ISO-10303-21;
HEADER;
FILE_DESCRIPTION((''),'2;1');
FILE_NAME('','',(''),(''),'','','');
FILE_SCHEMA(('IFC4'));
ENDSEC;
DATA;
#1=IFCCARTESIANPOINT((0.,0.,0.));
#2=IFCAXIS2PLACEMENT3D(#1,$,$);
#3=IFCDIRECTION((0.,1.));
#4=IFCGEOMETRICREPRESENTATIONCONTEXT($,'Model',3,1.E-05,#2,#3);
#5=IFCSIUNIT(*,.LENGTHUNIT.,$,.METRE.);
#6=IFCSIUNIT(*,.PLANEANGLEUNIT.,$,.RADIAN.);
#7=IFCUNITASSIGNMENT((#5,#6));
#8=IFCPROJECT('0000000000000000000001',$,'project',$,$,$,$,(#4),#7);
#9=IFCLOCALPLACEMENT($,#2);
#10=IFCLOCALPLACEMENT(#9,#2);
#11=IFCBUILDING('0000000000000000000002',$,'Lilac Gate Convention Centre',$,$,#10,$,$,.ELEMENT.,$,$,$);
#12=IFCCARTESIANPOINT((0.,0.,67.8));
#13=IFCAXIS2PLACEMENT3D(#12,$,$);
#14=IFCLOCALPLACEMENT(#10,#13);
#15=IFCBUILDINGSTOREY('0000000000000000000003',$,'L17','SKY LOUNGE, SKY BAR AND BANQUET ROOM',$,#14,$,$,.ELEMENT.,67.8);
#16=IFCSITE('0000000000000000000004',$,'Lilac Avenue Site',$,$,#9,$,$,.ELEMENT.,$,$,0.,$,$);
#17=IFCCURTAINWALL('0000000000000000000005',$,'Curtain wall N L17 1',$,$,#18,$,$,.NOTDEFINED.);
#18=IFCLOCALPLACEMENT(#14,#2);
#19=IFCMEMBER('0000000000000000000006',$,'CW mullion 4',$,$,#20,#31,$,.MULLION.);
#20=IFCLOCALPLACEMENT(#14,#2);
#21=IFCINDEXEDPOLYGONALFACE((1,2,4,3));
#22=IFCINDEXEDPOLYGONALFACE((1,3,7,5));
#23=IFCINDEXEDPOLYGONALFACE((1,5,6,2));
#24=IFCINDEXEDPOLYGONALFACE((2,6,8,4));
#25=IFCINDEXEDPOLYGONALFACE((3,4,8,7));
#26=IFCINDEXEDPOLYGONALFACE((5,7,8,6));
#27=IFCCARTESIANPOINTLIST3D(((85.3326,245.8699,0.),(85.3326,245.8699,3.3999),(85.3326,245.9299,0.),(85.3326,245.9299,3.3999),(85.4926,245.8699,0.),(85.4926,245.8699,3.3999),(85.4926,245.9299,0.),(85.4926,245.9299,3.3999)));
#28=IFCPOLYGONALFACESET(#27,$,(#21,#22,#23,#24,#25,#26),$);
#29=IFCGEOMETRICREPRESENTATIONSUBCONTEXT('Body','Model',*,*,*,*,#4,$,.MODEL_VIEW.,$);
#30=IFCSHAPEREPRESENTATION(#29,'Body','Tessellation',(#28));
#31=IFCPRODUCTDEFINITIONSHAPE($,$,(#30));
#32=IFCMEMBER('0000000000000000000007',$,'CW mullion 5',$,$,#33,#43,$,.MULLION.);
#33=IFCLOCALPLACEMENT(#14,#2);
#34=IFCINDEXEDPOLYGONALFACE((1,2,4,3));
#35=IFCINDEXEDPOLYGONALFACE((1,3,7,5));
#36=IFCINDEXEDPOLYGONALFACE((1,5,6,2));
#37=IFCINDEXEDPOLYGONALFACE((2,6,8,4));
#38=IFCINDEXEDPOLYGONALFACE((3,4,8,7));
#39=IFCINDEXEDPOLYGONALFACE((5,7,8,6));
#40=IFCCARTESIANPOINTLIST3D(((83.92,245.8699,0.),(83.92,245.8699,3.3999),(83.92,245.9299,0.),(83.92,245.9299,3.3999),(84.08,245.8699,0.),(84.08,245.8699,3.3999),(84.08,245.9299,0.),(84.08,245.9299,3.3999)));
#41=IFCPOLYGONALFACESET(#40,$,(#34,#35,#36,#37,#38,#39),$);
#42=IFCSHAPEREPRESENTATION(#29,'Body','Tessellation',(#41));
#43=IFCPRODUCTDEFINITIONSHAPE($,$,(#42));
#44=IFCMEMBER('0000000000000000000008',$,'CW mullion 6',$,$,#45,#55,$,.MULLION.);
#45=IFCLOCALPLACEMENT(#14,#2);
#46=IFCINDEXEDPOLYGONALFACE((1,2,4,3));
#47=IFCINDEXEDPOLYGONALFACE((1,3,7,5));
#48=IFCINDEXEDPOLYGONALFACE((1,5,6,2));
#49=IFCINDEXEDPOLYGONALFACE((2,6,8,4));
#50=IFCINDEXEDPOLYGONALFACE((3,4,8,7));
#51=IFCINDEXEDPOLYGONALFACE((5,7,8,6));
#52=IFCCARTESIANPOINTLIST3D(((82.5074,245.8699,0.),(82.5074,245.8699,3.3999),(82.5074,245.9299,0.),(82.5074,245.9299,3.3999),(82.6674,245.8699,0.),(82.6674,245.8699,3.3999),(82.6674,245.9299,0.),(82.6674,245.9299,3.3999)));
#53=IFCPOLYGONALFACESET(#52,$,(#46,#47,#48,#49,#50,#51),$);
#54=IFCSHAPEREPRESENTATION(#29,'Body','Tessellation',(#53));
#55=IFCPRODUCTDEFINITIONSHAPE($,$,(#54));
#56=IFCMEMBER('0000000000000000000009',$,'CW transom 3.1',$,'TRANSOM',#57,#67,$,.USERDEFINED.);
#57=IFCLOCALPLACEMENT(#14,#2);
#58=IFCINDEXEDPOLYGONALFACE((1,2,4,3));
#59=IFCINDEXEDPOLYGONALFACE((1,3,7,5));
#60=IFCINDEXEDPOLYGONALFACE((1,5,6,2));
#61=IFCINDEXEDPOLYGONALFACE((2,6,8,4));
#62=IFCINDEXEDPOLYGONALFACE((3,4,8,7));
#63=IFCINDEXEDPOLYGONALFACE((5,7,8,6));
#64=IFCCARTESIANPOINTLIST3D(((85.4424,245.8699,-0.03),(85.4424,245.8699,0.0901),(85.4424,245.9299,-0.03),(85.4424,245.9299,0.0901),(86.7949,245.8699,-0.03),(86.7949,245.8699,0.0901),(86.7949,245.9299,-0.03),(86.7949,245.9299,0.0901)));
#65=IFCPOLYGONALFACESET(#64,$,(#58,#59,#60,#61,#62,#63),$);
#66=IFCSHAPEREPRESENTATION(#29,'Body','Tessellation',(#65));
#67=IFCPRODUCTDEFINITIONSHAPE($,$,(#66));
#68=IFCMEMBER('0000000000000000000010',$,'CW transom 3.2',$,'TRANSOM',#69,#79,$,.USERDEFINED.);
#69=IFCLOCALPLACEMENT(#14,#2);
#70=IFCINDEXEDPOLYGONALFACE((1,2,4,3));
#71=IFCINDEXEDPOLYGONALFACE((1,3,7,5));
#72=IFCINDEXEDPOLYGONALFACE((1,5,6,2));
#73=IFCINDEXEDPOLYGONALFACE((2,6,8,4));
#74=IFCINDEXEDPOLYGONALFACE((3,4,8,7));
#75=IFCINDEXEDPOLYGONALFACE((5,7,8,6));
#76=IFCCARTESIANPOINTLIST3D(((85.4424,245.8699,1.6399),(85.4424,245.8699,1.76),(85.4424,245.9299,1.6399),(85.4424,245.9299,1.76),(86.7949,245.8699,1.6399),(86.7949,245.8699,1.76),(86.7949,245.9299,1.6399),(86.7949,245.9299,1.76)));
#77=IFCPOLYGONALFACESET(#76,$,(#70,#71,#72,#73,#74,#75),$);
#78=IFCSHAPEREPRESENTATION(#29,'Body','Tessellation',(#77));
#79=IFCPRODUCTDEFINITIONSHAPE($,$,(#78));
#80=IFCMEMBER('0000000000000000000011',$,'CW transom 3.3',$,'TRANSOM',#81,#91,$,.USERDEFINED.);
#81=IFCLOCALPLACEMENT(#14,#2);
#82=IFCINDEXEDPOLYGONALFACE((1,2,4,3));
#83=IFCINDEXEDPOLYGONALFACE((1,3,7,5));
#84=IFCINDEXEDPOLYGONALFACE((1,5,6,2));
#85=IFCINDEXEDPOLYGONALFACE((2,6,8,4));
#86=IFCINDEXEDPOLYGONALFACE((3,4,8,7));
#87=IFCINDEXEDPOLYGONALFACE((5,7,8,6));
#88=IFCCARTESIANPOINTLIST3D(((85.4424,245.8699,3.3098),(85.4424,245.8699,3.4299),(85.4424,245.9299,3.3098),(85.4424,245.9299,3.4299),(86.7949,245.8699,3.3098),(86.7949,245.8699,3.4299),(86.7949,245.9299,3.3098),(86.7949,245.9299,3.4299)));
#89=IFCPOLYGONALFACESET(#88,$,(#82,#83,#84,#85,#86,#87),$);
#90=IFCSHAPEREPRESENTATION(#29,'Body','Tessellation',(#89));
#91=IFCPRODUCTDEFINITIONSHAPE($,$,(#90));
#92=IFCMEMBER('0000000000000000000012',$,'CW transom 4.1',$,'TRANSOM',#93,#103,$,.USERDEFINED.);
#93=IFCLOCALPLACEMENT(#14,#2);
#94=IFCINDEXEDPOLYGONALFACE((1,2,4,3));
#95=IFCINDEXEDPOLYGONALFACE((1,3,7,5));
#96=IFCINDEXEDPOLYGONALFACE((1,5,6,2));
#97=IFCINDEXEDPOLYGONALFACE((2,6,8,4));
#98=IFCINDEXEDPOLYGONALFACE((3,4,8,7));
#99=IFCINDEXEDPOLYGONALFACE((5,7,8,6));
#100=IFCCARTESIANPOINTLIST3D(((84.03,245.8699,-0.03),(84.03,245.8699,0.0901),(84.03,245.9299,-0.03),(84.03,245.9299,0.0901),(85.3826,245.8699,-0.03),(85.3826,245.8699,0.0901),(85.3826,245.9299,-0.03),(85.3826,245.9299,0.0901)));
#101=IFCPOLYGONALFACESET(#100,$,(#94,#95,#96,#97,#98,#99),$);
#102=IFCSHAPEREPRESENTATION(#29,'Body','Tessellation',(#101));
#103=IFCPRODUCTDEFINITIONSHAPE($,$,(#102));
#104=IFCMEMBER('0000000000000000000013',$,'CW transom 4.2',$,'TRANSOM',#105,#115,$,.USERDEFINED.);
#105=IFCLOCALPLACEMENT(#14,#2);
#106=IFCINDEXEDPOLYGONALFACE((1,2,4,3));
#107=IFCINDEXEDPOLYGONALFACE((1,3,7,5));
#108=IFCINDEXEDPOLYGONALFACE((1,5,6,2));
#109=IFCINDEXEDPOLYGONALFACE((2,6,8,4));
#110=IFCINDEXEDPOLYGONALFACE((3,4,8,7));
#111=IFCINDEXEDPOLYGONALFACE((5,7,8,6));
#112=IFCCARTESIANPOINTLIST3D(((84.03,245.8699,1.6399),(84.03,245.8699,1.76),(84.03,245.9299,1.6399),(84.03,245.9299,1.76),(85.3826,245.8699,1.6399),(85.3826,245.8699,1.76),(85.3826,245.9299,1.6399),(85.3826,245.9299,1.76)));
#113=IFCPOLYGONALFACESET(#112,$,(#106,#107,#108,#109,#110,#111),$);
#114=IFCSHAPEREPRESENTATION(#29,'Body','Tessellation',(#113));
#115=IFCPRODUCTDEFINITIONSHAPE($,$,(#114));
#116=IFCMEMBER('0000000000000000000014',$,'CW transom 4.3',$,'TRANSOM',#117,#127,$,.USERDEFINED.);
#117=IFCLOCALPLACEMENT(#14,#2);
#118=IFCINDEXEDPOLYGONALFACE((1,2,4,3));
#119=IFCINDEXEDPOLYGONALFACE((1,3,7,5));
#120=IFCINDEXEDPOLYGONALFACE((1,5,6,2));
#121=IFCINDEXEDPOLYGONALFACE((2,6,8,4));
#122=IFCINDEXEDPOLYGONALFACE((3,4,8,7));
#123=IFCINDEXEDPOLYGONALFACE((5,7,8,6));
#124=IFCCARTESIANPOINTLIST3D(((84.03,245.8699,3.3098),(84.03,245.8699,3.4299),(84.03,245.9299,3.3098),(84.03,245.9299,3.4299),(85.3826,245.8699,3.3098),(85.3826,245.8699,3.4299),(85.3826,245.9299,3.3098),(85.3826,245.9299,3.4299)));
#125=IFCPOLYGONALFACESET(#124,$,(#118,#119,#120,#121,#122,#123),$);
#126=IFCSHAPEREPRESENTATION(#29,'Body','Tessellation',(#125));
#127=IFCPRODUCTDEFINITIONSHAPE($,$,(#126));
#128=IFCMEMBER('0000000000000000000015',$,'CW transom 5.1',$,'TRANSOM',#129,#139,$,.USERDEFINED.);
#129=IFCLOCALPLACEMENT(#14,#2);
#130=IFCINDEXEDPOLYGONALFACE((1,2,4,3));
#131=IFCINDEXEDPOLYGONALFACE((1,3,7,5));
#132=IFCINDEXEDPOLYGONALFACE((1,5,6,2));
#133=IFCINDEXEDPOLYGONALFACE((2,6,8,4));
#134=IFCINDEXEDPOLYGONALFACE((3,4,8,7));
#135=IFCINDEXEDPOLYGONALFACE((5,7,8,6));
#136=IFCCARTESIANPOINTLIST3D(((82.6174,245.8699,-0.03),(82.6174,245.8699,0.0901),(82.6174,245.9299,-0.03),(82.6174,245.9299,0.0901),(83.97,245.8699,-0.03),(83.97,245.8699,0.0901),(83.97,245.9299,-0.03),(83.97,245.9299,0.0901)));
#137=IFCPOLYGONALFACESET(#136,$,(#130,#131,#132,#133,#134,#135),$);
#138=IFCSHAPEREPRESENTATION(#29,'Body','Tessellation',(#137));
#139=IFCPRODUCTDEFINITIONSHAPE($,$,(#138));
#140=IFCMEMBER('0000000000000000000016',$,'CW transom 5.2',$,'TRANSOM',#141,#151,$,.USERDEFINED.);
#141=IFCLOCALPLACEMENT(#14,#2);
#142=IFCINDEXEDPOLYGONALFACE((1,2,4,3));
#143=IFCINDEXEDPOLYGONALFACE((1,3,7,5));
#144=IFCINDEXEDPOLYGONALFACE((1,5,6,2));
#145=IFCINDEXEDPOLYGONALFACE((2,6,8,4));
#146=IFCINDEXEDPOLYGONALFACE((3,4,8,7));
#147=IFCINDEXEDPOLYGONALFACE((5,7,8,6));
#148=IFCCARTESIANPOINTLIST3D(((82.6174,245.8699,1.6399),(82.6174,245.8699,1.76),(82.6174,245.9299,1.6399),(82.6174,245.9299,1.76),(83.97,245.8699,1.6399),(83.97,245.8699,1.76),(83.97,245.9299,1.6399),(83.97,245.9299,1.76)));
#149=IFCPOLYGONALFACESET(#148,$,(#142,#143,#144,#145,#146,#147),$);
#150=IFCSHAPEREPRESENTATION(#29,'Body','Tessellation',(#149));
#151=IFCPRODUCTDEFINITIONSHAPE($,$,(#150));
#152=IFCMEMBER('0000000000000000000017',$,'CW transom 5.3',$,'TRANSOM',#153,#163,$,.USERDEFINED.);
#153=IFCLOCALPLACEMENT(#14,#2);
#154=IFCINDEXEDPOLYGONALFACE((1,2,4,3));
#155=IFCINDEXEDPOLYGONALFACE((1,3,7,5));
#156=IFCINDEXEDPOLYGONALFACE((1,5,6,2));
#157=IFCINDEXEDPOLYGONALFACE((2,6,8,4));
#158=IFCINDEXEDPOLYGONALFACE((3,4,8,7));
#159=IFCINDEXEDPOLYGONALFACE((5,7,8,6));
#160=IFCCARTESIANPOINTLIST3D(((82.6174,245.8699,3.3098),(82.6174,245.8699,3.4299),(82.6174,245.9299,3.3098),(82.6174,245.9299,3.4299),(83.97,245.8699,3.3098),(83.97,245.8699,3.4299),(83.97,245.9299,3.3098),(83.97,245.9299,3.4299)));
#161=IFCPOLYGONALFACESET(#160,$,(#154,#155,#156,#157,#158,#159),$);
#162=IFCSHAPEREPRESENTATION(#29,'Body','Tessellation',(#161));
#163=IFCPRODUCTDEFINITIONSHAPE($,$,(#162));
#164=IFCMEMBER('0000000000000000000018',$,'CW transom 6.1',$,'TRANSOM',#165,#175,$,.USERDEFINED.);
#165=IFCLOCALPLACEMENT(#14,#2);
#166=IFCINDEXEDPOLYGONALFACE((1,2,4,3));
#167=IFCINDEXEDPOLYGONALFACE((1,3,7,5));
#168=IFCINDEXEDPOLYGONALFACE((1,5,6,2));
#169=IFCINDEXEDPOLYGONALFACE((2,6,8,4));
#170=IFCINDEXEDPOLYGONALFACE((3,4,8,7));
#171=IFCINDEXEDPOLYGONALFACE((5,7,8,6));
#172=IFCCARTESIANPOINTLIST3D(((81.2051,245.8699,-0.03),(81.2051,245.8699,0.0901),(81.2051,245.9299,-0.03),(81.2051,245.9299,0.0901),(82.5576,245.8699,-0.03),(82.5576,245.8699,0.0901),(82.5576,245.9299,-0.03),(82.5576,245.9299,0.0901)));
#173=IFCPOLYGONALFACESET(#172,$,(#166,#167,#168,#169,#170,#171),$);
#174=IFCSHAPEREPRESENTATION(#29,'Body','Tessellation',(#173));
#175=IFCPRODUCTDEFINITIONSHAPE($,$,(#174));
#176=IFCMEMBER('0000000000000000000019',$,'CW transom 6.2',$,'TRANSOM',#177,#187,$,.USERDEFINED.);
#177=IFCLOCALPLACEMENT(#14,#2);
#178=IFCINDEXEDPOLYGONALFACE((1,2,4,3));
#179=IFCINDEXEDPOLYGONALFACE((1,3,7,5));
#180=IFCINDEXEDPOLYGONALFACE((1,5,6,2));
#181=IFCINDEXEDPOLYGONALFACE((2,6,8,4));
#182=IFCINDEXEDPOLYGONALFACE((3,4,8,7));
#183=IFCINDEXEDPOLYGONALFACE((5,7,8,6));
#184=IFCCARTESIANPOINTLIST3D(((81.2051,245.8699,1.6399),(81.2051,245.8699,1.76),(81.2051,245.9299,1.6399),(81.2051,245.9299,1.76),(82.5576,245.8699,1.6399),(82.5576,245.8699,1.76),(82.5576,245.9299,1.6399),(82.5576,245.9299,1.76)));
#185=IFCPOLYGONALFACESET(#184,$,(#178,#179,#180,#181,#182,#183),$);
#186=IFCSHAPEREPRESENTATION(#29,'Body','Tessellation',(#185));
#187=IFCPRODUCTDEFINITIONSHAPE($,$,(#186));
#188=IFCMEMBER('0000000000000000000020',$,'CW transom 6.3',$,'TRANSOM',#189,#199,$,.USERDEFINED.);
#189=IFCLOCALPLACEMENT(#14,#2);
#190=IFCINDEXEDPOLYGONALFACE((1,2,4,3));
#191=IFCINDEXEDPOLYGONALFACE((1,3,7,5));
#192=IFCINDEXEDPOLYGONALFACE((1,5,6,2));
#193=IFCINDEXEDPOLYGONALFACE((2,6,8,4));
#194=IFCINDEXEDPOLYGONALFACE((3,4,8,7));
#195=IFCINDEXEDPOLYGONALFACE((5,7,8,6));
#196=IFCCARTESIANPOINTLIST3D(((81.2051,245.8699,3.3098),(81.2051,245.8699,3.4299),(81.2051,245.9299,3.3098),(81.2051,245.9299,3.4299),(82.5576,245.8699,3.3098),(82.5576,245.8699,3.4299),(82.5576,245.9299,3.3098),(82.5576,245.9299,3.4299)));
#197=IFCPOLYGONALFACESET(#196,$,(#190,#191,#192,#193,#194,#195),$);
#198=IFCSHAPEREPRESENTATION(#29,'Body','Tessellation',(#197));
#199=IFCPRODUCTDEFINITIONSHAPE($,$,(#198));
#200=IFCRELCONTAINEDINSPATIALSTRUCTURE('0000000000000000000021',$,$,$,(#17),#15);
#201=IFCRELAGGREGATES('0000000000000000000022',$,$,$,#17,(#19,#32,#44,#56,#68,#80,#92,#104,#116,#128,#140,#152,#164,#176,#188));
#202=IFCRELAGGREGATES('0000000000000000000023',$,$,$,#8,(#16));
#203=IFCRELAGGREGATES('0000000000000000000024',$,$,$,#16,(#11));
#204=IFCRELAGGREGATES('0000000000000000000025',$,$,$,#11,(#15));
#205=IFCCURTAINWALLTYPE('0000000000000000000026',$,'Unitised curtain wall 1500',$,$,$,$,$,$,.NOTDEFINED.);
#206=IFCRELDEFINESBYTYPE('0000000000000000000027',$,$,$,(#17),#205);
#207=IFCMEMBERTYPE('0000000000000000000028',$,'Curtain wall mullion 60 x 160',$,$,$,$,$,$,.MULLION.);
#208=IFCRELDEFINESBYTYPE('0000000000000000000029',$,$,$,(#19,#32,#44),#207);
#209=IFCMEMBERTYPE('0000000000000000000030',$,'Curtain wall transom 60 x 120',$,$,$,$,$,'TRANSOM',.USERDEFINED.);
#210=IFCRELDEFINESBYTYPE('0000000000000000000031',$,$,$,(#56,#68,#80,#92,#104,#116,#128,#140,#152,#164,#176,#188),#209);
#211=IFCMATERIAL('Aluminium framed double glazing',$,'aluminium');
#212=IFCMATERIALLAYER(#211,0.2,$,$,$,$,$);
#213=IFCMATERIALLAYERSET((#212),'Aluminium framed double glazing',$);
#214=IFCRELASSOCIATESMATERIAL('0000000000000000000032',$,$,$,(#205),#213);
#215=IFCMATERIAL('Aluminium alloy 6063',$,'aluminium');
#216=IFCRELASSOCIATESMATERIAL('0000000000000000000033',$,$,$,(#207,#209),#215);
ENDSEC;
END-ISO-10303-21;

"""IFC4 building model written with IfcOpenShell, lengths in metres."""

from ifc_helpers import new_model, si_unit, direction, frame, origin, origin_2d, place, context, subcontext, project, spatial, rectangle, extrude, material, layer, layer_set, material_profile, profile_set, type_object, element, aggregate, save


model = new_model("IFC4")

# Units and contexts
model_context = context("Model", 3, precision=1e-05, world=origin(), true_north=direction((0.0, 1.0)))
body_context = subcontext(model_context, "Body", "Model", "MODEL_VIEW")
ifc_project = project(units=[si_unit("LENGTHUNIT", "METRE"), si_unit("PLANEANGLEUNIT", "RADIAN")], contexts=[model_context])

# Site, building, storey
site_placement = place(None, origin())
site = spatial("IfcSite", under=ifc_project, at=site_placement, Name="Lilac Avenue Site", CompositionType="ELEMENT", RefElevation=0.0)
building_placement = place(site_placement, origin())
building = spatial("IfcBuilding", under=site, at=building_placement, Name="Lilac Gate Convention Centre", CompositionType="ELEMENT")
storey_placement = place(building_placement, frame((0.0, 0.0, 67.8)))
storey = spatial("IfcBuildingStorey", under=building, at=storey_placement, Name="L17", Description="SKY LOUNGE, SKY BAR AND BANQUET ROOM", CompositionType="ELEMENT", Elevation=67.8)

# Curtain wall, members
ifc_material_1 = material(Name="Aluminium framed double glazing", Category="aluminium")
ifc_layer_1 = layer(ifc_material_1, 0.2)
ifc_layer_set_1 = layer_set([ifc_layer_1], Name="Aluminium framed double glazing")
curtain_wall_type = type_object("IfcCurtainWallType", Name="Unitised curtain wall 1500", PredefinedType="NOTDEFINED", material=ifc_layer_set_1)
curtain_wall_placement = place(storey_placement, origin())
curtain_wall = element("IfcCurtainWall", 1, at=curtain_wall_placement, inside=storey, type_object=curtain_wall_type, Name="Curtain wall N L17 1", PredefinedType="NOTDEFINED")
ifc_material_2 = material(Name="Aluminium alloy 6063", Category="aluminium")
ifc_material_profile_1 = material_profile(ifc_material_2, rectangle(XDim=0.0601, YDim=0.1599, at=origin_2d()), Name="Curtain wall mullion 60 x 160")
ifc_profile_set_1 = profile_set([ifc_material_profile_1], Name="Aluminium alloy 6063")
member_type_1 = type_object("IfcMemberType", Name="Curtain wall mullion 60 x 160", PredefinedType="MULLION", material=ifc_profile_set_1)
member_1_placement = place(storey_placement, frame((85.4126, 245.8999, 0.0), z_axis=(0.0, 0.0, 1.0), x_axis=(0.0, -1.0, 0.0)))
member_1 = element("IfcMember", 2, at=member_1_placement, type_object=member_type_1, Name="CW mullion 4", PredefinedType="MULLION", context=body_context, shape_type="SweptSolid", body=[
    extrude(rectangle(XDim=0.0601, YDim=0.1599, at=origin_2d()), origin(), (0.0, 0.0, 1.0), 3.3999),
])
member_2_placement = place(storey_placement, frame((84.0, 245.8999, 0.0), z_axis=(0.0, 0.0, 1.0), x_axis=(0.0, -1.0, 0.0)))
member_2 = element("IfcMember", 3, at=member_2_placement, type_object=member_type_1, Name="CW mullion 5", PredefinedType="MULLION", context=body_context, shape_type="SweptSolid", body=[
    extrude(rectangle(XDim=0.0601, YDim=0.1599, at=origin_2d()), origin(), (0.0, 0.0, 1.0), 3.3999),
])
member_3_placement = place(storey_placement, frame((82.5874, 245.8999, 0.0), z_axis=(0.0, 0.0, 1.0), x_axis=(0.0, -1.0, 0.0)))
member_3 = element("IfcMember", 4, at=member_3_placement, type_object=member_type_1, Name="CW mullion 6", PredefinedType="MULLION", context=body_context, shape_type="SweptSolid", body=[
    extrude(rectangle(XDim=0.0601, YDim=0.1599, at=origin_2d()), origin(), (0.0, 0.0, 1.0), 3.3999),
])
ifc_material_profile_2 = material_profile(ifc_material_2, rectangle(XDim=0.0601, YDim=0.1201, at=origin_2d()), Name="Curtain wall transom 60 x 120")
ifc_profile_set_2 = profile_set([ifc_material_profile_2], Name="Aluminium alloy 6063")
member_type_2 = type_object("IfcMemberType", Name="Curtain wall transom 60 x 120", ElementType="TRANSOM", PredefinedType="USERDEFINED", material=ifc_profile_set_2)
member_4_placement = place(storey_placement, frame((86.7949, 245.8999, 0.03), z_axis=(-1.0, 0.0, 0.0), x_axis=(0.0, -1.0, 0.0)))
member_4 = element("IfcMember", 5, at=member_4_placement, type_object=member_type_2, Name="CW transom 3.1", ObjectType="TRANSOM", PredefinedType="USERDEFINED", context=body_context, shape_type="SweptSolid", body=[
    extrude(rectangle(XDim=0.0601, YDim=0.1201, at=origin_2d()), origin(), (0.0, 0.0, 1.0), 1.3525),
])
member_5_placement = place(storey_placement, frame((86.7949, 245.8999, 1.7), z_axis=(-1.0, 0.0, 0.0), x_axis=(0.0, -1.0, 0.0)))
member_5 = element("IfcMember", 6, at=member_5_placement, type_object=member_type_2, Name="CW transom 3.2", ObjectType="TRANSOM", PredefinedType="USERDEFINED", context=body_context, shape_type="SweptSolid", body=[
    extrude(rectangle(XDim=0.0601, YDim=0.1201, at=origin_2d()), origin(), (0.0, 0.0, 1.0), 1.3525),
])
member_6_placement = place(storey_placement, frame((86.7949, 245.8999, 3.3699), z_axis=(-1.0, 0.0, 0.0), x_axis=(0.0, -1.0, 0.0)))
member_6 = element("IfcMember", 7, at=member_6_placement, type_object=member_type_2, Name="CW transom 3.3", ObjectType="TRANSOM", PredefinedType="USERDEFINED", context=body_context, shape_type="SweptSolid", body=[
    extrude(rectangle(XDim=0.0601, YDim=0.1201, at=origin_2d()), origin(), (0.0, 0.0, 1.0), 1.3525),
])
member_7_placement = place(storey_placement, frame((85.3826, 245.8999, 0.03), z_axis=(-1.0, 0.0, 0.0), x_axis=(0.0, -1.0, 0.0)))
member_7 = element("IfcMember", 8, at=member_7_placement, type_object=member_type_2, Name="CW transom 4.1", ObjectType="TRANSOM", PredefinedType="USERDEFINED", context=body_context, shape_type="SweptSolid", body=[
    extrude(rectangle(XDim=0.0601, YDim=0.1201, at=origin_2d()), origin(), (0.0, 0.0, 1.0), 1.3525),
])
member_8_placement = place(storey_placement, frame((85.3826, 245.8999, 1.7), z_axis=(-1.0, 0.0, 0.0), x_axis=(0.0, -1.0, 0.0)))
member_8 = element("IfcMember", 9, at=member_8_placement, type_object=member_type_2, Name="CW transom 4.2", ObjectType="TRANSOM", PredefinedType="USERDEFINED", context=body_context, shape_type="SweptSolid", body=[
    extrude(rectangle(XDim=0.0601, YDim=0.1201, at=origin_2d()), origin(), (0.0, 0.0, 1.0), 1.3525),
])
member_9_placement = place(storey_placement, frame((85.3826, 245.8999, 3.3699), z_axis=(-1.0, 0.0, 0.0), x_axis=(0.0, -1.0, 0.0)))
member_9 = element("IfcMember", 10, at=member_9_placement, type_object=member_type_2, Name="CW transom 4.3", ObjectType="TRANSOM", PredefinedType="USERDEFINED", context=body_context, shape_type="SweptSolid", body=[
    extrude(rectangle(XDim=0.0601, YDim=0.1201, at=origin_2d()), origin(), (0.0, 0.0, 1.0), 1.3525),
])
member_10_placement = place(storey_placement, frame((83.97, 245.8999, 0.03), z_axis=(-1.0, 0.0, 0.0), x_axis=(0.0, -1.0, 0.0)))
member_10 = element("IfcMember", 11, at=member_10_placement, type_object=member_type_2, Name="CW transom 5.1", ObjectType="TRANSOM", PredefinedType="USERDEFINED", context=body_context, shape_type="SweptSolid", body=[
    extrude(rectangle(XDim=0.0601, YDim=0.1201, at=origin_2d()), origin(), (0.0, 0.0, 1.0), 1.3525),
])
member_11_placement = place(storey_placement, frame((83.97, 245.8999, 1.7), z_axis=(-1.0, 0.0, 0.0), x_axis=(0.0, -1.0, 0.0)))
member_11 = element("IfcMember", 12, at=member_11_placement, type_object=member_type_2, Name="CW transom 5.2", ObjectType="TRANSOM", PredefinedType="USERDEFINED", context=body_context, shape_type="SweptSolid", body=[
    extrude(rectangle(XDim=0.0601, YDim=0.1201, at=origin_2d()), origin(), (0.0, 0.0, 1.0), 1.3525),
])
member_12_placement = place(storey_placement, frame((83.97, 245.8999, 3.3699), z_axis=(-1.0, 0.0, 0.0), x_axis=(0.0, -1.0, 0.0)))
member_12 = element("IfcMember", 13, at=member_12_placement, type_object=member_type_2, Name="CW transom 5.3", ObjectType="TRANSOM", PredefinedType="USERDEFINED", context=body_context, shape_type="SweptSolid", body=[
    extrude(rectangle(XDim=0.0601, YDim=0.1201, at=origin_2d()), origin(), (0.0, 0.0, 1.0), 1.3525),
])
member_13_placement = place(storey_placement, frame((82.5576, 245.8999, 0.03), z_axis=(-1.0, 0.0, 0.0), x_axis=(0.0, -1.0, 0.0)))
member_13 = element("IfcMember", 14, at=member_13_placement, type_object=member_type_2, Name="CW transom 6.1", ObjectType="TRANSOM", PredefinedType="USERDEFINED", context=body_context, shape_type="SweptSolid", body=[
    extrude(rectangle(XDim=0.0601, YDim=0.1201, at=origin_2d()), origin(), (0.0, 0.0, 1.0), 1.3525),
])
member_14_placement = place(storey_placement, frame((82.5576, 245.8999, 1.7), z_axis=(-1.0, 0.0, 0.0), x_axis=(0.0, -1.0, 0.0)))
member_14 = element("IfcMember", 15, at=member_14_placement, type_object=member_type_2, Name="CW transom 6.2", ObjectType="TRANSOM", PredefinedType="USERDEFINED", context=body_context, shape_type="SweptSolid", body=[
    extrude(rectangle(XDim=0.0601, YDim=0.1201, at=origin_2d()), origin(), (0.0, 0.0, 1.0), 1.3525),
])
member_15_placement = place(storey_placement, frame((82.5576, 245.8999, 3.3699), z_axis=(-1.0, 0.0, 0.0), x_axis=(0.0, -1.0, 0.0)))
member_15 = element("IfcMember", 16, at=member_15_placement, type_object=member_type_2, Name="CW transom 6.3", ObjectType="TRANSOM", PredefinedType="USERDEFINED", context=body_context, shape_type="SweptSolid", body=[
    extrude(rectangle(XDim=0.0601, YDim=0.1201, at=origin_2d()), origin(), (0.0, 0.0, 1.0), 1.3525),
])
aggregate(curtain_wall, [member_1, member_2, member_3, member_4, member_5, member_6, member_7, member_8, member_9, member_10, member_11, member_12, member_13, member_14, member_15])

save(model, "model.ifc")
